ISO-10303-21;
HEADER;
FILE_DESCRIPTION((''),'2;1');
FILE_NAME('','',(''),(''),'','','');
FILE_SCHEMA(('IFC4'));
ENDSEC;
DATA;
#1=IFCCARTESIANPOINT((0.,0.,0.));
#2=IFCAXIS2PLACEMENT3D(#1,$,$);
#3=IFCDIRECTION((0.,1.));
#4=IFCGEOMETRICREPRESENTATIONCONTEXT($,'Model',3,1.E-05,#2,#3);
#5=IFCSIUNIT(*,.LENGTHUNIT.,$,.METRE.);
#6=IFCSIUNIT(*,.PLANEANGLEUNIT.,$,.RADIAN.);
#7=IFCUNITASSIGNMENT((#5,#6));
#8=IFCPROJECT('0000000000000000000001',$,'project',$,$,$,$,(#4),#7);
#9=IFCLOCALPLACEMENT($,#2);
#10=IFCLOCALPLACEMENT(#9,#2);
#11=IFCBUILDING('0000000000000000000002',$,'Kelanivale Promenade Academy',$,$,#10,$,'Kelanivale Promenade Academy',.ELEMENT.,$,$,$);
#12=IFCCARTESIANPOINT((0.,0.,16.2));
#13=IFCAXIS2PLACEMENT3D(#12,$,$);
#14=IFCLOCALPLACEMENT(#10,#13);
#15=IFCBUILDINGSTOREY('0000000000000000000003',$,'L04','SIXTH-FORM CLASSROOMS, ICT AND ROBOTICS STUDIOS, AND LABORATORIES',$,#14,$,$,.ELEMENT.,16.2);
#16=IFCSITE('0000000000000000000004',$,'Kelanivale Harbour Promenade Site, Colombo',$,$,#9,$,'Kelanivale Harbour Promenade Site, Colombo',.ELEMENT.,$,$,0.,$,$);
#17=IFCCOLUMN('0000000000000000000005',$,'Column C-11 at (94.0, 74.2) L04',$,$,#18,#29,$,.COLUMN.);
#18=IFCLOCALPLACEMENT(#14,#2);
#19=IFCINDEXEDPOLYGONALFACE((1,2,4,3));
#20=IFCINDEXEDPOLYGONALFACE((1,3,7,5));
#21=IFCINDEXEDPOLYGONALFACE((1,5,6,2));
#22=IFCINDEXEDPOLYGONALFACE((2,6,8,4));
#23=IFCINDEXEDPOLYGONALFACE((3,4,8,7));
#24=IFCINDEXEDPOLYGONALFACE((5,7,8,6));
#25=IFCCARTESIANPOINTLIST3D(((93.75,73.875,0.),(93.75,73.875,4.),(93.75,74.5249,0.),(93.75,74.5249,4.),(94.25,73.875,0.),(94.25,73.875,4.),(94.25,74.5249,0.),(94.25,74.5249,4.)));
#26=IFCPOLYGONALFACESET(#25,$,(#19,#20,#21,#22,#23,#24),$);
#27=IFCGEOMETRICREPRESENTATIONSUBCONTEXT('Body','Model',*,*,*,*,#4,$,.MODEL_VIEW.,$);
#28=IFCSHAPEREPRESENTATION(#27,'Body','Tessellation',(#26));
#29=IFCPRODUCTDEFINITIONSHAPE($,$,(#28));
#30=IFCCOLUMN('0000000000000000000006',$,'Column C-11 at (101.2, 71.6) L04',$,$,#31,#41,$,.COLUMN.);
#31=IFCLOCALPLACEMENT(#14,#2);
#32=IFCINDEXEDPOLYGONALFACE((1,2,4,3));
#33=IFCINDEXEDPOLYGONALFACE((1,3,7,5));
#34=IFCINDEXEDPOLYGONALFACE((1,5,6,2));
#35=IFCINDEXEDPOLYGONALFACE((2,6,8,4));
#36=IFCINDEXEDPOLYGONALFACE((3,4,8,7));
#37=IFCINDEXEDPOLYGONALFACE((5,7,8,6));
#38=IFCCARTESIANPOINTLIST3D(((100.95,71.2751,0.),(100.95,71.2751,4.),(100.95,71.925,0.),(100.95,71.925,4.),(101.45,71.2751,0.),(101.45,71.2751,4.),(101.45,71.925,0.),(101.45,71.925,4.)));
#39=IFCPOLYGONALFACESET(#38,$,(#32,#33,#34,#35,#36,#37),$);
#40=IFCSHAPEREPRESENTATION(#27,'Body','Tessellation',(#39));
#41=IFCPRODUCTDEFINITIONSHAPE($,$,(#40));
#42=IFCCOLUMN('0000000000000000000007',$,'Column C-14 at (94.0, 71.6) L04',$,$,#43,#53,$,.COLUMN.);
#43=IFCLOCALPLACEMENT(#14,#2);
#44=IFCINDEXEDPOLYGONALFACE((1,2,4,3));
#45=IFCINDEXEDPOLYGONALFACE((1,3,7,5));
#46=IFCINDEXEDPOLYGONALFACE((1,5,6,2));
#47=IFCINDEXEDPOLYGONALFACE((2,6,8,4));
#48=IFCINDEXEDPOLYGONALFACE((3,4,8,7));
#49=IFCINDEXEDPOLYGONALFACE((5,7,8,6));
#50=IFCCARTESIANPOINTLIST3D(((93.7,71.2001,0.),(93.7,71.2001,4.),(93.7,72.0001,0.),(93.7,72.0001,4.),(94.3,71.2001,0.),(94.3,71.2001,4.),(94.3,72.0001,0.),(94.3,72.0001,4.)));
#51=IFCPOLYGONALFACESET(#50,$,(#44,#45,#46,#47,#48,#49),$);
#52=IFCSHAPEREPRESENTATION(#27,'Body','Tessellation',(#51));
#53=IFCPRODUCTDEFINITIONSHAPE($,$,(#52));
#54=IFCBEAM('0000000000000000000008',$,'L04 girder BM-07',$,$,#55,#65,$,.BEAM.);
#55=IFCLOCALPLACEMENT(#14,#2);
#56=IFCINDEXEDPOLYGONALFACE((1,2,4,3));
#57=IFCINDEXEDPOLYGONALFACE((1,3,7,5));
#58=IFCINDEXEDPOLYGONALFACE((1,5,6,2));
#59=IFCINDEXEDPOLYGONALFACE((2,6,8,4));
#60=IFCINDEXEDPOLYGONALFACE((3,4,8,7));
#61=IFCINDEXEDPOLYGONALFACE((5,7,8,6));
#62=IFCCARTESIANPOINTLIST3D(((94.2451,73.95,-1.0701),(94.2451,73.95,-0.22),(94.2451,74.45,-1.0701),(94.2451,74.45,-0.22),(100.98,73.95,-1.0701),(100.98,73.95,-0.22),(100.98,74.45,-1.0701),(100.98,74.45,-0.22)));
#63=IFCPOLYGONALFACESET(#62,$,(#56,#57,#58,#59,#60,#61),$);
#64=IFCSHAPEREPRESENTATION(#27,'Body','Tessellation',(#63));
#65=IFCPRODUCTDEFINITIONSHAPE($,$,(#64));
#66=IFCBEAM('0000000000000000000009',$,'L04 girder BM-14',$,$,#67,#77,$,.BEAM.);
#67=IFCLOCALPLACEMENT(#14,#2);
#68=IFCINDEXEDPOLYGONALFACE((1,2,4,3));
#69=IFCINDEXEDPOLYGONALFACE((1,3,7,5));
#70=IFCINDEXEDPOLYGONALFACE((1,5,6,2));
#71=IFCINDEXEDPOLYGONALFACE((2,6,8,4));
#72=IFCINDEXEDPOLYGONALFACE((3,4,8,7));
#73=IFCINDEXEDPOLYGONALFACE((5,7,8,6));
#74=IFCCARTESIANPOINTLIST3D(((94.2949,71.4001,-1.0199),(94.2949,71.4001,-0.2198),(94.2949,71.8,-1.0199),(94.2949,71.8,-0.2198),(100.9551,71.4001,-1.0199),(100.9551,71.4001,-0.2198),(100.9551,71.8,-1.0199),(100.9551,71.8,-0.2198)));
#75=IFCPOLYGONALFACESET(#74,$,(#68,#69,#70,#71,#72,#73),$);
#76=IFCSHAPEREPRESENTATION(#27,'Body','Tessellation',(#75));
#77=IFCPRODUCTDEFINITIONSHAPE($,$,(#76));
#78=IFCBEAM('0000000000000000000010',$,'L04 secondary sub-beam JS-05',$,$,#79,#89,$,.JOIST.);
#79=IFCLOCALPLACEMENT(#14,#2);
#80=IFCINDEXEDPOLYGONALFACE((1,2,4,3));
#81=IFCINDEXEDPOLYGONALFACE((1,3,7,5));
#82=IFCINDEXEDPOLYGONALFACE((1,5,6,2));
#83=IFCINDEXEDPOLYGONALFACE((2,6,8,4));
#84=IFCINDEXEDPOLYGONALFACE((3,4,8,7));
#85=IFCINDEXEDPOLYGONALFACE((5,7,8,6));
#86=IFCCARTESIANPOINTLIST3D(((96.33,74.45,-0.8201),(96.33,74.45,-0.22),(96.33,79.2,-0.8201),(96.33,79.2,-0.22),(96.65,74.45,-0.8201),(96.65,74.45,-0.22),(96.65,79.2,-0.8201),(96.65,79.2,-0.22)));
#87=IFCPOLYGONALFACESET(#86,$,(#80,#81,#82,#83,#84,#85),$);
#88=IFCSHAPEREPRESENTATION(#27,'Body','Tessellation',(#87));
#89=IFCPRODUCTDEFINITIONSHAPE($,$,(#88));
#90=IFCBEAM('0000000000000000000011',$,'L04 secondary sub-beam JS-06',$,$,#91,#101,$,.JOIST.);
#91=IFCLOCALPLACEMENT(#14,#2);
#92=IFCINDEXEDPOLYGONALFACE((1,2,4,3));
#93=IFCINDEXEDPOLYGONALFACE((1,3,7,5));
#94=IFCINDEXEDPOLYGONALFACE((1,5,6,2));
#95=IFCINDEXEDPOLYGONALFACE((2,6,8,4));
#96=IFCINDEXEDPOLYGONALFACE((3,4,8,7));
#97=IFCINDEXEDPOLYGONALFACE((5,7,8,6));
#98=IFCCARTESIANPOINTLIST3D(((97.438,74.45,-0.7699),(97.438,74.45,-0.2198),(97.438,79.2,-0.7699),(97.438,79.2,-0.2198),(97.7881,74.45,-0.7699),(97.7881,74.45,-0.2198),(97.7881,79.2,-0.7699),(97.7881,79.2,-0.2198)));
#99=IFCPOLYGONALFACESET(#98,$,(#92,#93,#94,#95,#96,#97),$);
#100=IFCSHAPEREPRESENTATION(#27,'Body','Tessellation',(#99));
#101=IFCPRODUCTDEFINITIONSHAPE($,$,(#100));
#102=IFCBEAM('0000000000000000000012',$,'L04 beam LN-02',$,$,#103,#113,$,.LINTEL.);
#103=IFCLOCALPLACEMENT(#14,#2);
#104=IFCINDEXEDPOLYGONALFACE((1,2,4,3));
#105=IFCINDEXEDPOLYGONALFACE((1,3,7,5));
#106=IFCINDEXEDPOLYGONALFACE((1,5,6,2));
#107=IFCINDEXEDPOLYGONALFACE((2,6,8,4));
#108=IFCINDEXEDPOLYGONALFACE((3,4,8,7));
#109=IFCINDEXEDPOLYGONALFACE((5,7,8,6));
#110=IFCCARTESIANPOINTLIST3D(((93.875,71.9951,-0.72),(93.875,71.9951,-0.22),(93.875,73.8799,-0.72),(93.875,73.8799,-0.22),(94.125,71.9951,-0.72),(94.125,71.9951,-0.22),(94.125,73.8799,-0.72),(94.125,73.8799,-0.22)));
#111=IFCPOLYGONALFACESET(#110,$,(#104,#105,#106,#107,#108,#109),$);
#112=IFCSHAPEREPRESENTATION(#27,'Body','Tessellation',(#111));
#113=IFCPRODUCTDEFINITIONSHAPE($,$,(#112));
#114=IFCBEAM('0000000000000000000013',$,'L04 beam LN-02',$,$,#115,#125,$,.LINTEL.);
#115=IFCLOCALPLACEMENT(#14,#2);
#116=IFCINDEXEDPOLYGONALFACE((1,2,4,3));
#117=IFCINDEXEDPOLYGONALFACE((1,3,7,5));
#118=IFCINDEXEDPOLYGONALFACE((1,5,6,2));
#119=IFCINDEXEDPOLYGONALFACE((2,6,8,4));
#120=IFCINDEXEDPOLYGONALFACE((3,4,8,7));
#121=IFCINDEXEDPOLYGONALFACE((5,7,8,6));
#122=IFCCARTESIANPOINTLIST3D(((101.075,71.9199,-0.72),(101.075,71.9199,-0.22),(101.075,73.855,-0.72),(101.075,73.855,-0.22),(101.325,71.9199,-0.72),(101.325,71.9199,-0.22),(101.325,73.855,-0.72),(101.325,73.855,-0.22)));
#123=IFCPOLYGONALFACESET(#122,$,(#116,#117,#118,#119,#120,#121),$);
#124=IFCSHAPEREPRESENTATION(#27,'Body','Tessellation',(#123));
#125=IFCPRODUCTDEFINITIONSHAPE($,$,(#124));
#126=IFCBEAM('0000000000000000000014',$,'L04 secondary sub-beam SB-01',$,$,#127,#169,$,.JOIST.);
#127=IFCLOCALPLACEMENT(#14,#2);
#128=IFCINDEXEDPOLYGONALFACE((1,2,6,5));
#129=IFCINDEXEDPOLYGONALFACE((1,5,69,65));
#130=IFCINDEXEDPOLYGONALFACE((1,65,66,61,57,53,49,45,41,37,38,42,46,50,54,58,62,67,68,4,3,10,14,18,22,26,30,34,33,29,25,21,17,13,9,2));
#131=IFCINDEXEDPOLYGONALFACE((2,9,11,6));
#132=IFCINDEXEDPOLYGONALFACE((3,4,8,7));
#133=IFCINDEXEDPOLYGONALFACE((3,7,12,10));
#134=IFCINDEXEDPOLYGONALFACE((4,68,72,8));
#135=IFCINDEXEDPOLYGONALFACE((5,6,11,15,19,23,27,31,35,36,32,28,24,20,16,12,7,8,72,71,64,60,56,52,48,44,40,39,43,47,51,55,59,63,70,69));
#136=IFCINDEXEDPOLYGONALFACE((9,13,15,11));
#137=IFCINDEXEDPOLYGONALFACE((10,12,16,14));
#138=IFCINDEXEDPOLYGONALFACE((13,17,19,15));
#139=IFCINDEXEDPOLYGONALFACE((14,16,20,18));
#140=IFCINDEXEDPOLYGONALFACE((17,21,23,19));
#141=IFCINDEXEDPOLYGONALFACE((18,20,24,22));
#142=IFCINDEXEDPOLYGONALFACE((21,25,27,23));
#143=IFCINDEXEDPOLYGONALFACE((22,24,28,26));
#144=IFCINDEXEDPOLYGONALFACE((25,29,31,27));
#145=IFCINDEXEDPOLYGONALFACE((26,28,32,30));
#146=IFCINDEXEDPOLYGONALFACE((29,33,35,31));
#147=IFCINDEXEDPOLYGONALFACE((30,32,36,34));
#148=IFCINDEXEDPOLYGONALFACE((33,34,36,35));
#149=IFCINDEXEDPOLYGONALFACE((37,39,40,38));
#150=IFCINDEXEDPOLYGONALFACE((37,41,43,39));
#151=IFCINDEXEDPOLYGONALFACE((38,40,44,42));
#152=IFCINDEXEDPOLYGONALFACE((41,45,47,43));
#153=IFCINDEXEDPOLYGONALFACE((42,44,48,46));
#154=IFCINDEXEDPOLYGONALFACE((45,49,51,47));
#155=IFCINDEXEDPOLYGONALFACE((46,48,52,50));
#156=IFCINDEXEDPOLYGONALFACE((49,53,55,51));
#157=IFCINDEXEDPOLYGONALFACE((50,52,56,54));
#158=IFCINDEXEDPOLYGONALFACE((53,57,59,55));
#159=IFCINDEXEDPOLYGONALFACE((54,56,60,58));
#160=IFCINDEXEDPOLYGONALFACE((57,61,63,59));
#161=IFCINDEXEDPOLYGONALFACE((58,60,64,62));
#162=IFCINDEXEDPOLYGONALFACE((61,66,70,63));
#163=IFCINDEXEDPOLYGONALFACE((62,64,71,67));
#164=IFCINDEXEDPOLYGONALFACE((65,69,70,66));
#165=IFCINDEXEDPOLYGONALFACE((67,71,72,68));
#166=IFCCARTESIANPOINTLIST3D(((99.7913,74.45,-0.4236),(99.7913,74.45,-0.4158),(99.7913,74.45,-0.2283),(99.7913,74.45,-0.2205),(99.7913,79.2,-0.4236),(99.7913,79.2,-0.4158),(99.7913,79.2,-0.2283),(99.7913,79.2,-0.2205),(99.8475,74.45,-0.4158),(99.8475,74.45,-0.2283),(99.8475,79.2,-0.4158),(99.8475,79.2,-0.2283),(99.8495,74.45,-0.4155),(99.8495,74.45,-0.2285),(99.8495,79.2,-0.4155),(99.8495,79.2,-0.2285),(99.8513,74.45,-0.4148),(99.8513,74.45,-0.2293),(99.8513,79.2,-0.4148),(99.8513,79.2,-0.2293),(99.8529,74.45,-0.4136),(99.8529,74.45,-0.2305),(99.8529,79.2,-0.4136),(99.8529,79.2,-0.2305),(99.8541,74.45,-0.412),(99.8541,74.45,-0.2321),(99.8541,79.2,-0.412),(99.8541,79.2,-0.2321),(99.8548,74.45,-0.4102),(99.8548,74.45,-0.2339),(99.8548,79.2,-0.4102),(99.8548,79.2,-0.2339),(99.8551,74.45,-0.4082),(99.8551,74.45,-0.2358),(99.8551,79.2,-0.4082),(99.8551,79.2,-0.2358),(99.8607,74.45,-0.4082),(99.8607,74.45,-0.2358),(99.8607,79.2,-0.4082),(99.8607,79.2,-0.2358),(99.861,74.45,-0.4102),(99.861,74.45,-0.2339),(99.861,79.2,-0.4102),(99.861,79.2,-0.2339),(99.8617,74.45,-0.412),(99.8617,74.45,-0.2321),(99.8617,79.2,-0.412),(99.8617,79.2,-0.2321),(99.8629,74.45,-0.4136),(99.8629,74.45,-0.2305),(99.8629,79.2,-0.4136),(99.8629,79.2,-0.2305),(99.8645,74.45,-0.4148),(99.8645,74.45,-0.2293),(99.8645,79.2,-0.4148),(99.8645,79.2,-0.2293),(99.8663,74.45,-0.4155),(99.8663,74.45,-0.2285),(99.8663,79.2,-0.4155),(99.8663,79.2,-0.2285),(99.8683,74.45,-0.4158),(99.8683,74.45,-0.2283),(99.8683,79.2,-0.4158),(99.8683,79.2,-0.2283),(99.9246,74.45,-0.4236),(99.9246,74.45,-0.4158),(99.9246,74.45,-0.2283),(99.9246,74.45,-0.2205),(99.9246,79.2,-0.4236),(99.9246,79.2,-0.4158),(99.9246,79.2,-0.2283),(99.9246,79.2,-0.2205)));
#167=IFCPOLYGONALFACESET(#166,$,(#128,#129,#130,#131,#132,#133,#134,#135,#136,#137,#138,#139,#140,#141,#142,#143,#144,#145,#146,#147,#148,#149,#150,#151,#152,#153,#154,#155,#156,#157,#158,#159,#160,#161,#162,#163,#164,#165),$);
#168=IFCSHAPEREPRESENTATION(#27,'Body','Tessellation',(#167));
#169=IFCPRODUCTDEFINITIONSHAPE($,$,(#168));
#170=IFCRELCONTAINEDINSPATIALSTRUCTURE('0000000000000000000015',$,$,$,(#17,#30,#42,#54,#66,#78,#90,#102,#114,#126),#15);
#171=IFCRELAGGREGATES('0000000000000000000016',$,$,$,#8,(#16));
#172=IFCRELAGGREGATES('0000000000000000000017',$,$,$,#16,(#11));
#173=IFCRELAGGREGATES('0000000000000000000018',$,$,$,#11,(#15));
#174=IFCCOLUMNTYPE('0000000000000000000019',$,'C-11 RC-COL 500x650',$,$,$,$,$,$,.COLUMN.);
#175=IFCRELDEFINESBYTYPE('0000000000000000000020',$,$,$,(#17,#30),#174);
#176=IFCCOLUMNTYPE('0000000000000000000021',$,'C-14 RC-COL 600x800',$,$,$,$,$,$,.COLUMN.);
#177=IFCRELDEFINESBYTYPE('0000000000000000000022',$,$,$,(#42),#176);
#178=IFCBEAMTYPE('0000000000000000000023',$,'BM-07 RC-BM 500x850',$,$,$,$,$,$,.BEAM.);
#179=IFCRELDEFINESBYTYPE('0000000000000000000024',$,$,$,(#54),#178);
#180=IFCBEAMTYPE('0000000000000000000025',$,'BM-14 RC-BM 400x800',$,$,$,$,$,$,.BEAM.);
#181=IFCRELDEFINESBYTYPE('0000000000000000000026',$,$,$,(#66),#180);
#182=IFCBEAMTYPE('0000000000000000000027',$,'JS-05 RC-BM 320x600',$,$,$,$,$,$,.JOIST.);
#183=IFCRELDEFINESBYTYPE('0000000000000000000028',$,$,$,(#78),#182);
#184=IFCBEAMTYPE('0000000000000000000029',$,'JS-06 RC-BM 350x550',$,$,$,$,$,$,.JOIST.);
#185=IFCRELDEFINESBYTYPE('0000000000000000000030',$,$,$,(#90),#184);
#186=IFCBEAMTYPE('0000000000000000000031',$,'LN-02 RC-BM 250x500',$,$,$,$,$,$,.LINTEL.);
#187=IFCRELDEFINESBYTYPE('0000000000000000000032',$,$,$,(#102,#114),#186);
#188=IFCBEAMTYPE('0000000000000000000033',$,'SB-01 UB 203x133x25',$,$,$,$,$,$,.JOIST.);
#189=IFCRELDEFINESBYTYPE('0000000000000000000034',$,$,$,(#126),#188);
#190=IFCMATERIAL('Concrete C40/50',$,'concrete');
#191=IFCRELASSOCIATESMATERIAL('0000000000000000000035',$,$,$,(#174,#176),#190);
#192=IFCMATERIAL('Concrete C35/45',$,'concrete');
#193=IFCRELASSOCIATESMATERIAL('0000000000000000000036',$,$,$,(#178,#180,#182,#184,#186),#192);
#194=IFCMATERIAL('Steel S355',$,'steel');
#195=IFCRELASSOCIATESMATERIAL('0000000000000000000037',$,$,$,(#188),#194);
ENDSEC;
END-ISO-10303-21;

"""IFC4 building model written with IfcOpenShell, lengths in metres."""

from ifc_helpers import new_model, si_unit, direction, frame, origin, origin_2d, place, context, subcontext, project, spatial, rectangle, i_section, extrude, material, material_profile, profile_set, type_object, element, save


model = new_model("IFC4")

# Units and contexts
model_context = context("Model", 3, precision=1e-05, world=origin(), true_north=direction((0.0, 1.0)))
body_context = subcontext(model_context, "Body", "Model", "MODEL_VIEW")
ifc_project = project(units=[si_unit("LENGTHUNIT", "METRE"), si_unit("PLANEANGLEUNIT", "RADIAN")], contexts=[model_context])

# Site, building, storey
site_placement = place(None, origin())
site = spatial("IfcSite", under=ifc_project, at=site_placement, Name="Kelanivale Harbour Promenade Site, Colombo", LongName="Kelanivale Harbour Promenade Site, Colombo", CompositionType="ELEMENT", RefElevation=0.0)
building_placement = place(site_placement, origin())
building = spatial("IfcBuilding", under=site, at=building_placement, Name="Kelanivale Promenade Academy", LongName="Kelanivale Promenade Academy", CompositionType="ELEMENT")
storey_placement = place(building_placement, frame((0.0, 0.0, 16.2)))
storey = spatial("IfcBuildingStorey", under=building, at=storey_placement, Name="L04", Description="SIXTH-FORM CLASSROOMS, ICT AND ROBOTICS STUDIOS, AND LABORATORIES", CompositionType="ELEMENT", Elevation=16.2)

# Columns
ifc_material_1 = material(Name="Concrete C40/50", Category="concrete")
ifc_material_profile_1 = material_profile(ifc_material_1, rectangle(XDim=0.5, YDim=0.6499, at=origin_2d()), Name="RC-COL 500x650")
ifc_profile_set_1 = profile_set([ifc_material_profile_1], Name="Concrete C40/50")
column_type_1 = type_object("IfcColumnType", Name="C-11 RC-COL 500x650", PredefinedType="COLUMN", material=ifc_profile_set_1)
for number, where, z_axis, x_axis, name in (
    (1, (94.0, 74.2, 0.0), (0.0, 0.0, 1.0), (1.0, 0.0, 0.0), "Column C-11 at (94.0, 74.2) L04"),
    (2, (101.2, 71.6001, 0.0), (0.0, 0.0, 1.0), (1.0, 0.0, 0.0), "Column C-11 at (101.2, 71.6) L04"),
):
    element("IfcColumn", number, at=place(storey_placement, frame(where, z_axis=z_axis, x_axis=x_axis)), inside=storey, type_object=column_type_1, Name=name, PredefinedType="COLUMN", context=body_context, shape_type="SweptSolid", body=[
        extrude(rectangle(XDim=0.5, YDim=0.6499, at=origin_2d()), origin(), (0.0, 0.0, 1.0), 4.0),
    ])
ifc_material_profile_2 = material_profile(ifc_material_1, rectangle(XDim=0.6001, YDim=0.8, at=origin_2d()), Name="RC-COL 600x800")
ifc_profile_set_2 = profile_set([ifc_material_profile_2], Name="Concrete C40/50")
column_type_2 = type_object("IfcColumnType", Name="C-14 RC-COL 600x800", PredefinedType="COLUMN", material=ifc_profile_set_2)
column_placement = place(storey_placement, frame((94.0, 71.6001, 0.0), z_axis=(0.0, 0.0, 1.0), x_axis=(1.0, 0.0, 0.0)))
element("IfcColumn", 3, at=column_placement, inside=storey, type_object=column_type_2, Name="Column C-14 at (94.0, 71.6) L04", PredefinedType="COLUMN", context=body_context, shape_type="SweptSolid", body=[
    extrude(rectangle(XDim=0.6001, YDim=0.8, at=origin_2d()), origin(), (0.0, 0.0, 1.0), 4.0),
])

# Beams
ifc_material_2 = material(Name="Concrete C35/45", Category="concrete")
ifc_material_profile_3 = material_profile(ifc_material_2, rectangle(XDim=0.5, YDim=0.8501, at=origin_2d()), Name="RC-BM 500x850")
ifc_profile_set_3 = profile_set([ifc_material_profile_3], Name="Concrete C35/45")
beam_type_1 = type_object("IfcBeamType", Name="BM-07 RC-BM 500x850", PredefinedType="BEAM", material=ifc_profile_set_3)
beam_1_placement = place(storey_placement, frame((94.2451, 74.2, -0.645), z_axis=(1.0, 0.0, 0.0), x_axis=(0.0, 1.0, 0.0)))
element("IfcBeam", 4, at=beam_1_placement, inside=storey, type_object=beam_type_1, Name="L04 girder BM-07", PredefinedType="BEAM", context=body_context, shape_type="SweptSolid", body=[
    extrude(rectangle(XDim=0.5, YDim=0.8501, at=origin_2d()), origin(), (0.0, 0.0, 1.0), 6.7349),
])
ifc_material_profile_4 = material_profile(ifc_material_2, rectangle(XDim=0.3999, YDim=0.8, at=origin_2d()), Name="RC-BM 400x800")
ifc_profile_set_4 = profile_set([ifc_material_profile_4], Name="Concrete C35/45")
beam_type_2 = type_object("IfcBeamType", Name="BM-14 RC-BM 400x800", PredefinedType="BEAM", material=ifc_profile_set_4)
beam_2_placement = place(storey_placement, frame((94.2949, 71.6001, -0.6199), z_axis=(1.0, 0.0, 0.0), x_axis=(0.0, 1.0, 0.0)))
element("IfcBeam", 5, at=beam_2_placement, inside=storey, type_object=beam_type_2, Name="L04 girder BM-14", PredefinedType="BEAM", context=body_context, shape_type="SweptSolid", body=[
    extrude(rectangle(XDim=0.3999, YDim=0.8, at=origin_2d()), origin(), (0.0, 0.0, 1.0), 6.6602),
])
ifc_material_profile_5 = material_profile(ifc_material_2, rectangle(XDim=0.3201, YDim=0.6001, at=origin_2d()), Name="RC-BM 320x600")
ifc_profile_set_5 = profile_set([ifc_material_profile_5], Name="Concrete C35/45")
beam_type_3 = type_object("IfcBeamType", Name="JS-05 RC-BM 320x600", PredefinedType="JOIST", material=ifc_profile_set_5)
beam_3_placement = place(storey_placement, frame((96.49, 74.45, -0.52), z_axis=(0.0, 1.0, 0.0), x_axis=(-1.0, 0.0, 0.0)))
element("IfcBeam", 6, at=beam_3_placement, inside=storey, type_object=beam_type_3, Name="L04 secondary sub-beam JS-05", PredefinedType="JOIST", context=body_context, shape_type="SweptSolid", body=[
    extrude(rectangle(XDim=0.3201, YDim=0.6001, at=origin_2d()), origin(), (0.0, 0.0, 1.0), 4.75),
])
ifc_material_profile_6 = material_profile(ifc_material_2, rectangle(XDim=0.3501, YDim=0.55, at=origin_2d()), Name="RC-BM 350x550")
ifc_profile_set_6 = profile_set([ifc_material_profile_6], Name="Concrete C35/45")
beam_type_4 = type_object("IfcBeamType", Name="JS-06 RC-BM 350x550", PredefinedType="JOIST", material=ifc_profile_set_6)
beam_4_placement = place(storey_placement, frame((97.613, 74.45, -0.4949), z_axis=(0.0, 1.0, 0.0), x_axis=(-1.0, 0.0, 0.0)))
element("IfcBeam", 7, at=beam_4_placement, inside=storey, type_object=beam_type_4, Name="L04 secondary sub-beam JS-06", PredefinedType="JOIST", context=body_context, shape_type="SweptSolid", body=[
    extrude(rectangle(XDim=0.3501, YDim=0.55, at=origin_2d()), origin(), (0.0, 0.0, 1.0), 4.75),
])
ifc_material_profile_7 = material_profile(ifc_material_2, rectangle(XDim=0.25, YDim=0.5, at=origin_2d()), Name="RC-BM 250x500")
ifc_profile_set_7 = profile_set([ifc_material_profile_7], Name="Concrete C35/45")
beam_type_5 = type_object("IfcBeamType", Name="LN-02 RC-BM 250x500", PredefinedType="LINTEL", material=ifc_profile_set_7)
beam_5_placement = place(storey_placement, frame((94.0, 71.9951, -0.47), z_axis=(0.0, 1.0, 0.0), x_axis=(-1.0, 0.0, 0.0)))
element("IfcBeam", 8, at=beam_5_placement, inside=storey, type_object=beam_type_5, Name="L04 beam LN-02", PredefinedType="LINTEL", context=body_context, shape_type="SweptSolid", body=[
    extrude(rectangle(XDim=0.25, YDim=0.5, at=origin_2d()), origin(), (0.0, 0.0, 1.0), 1.8848),
])
beam_6_placement = place(storey_placement, frame((101.2, 71.9199, -0.47), z_axis=(0.0, 1.0, 0.0), x_axis=(-1.0, 0.0, 0.0)))
element("IfcBeam", 9, at=beam_6_placement, inside=storey, type_object=beam_type_5, Name="L04 beam LN-02", PredefinedType="LINTEL", context=body_context, shape_type="SweptSolid", body=[
    extrude(rectangle(XDim=0.25, YDim=0.5, at=origin_2d()), origin(), (0.0, 0.0, 1.0), 1.9351),
])
ifc_material_3 = material(Name="Steel S355", Category="steel")
ifc_material_profile_8 = material_profile(ifc_material_3, i_section(OverallWidth=0.1333, OverallDepth=0.2031, WebThickness=0.0056, FlangeThickness=0.0078, FilletRadius=0.0076, at=origin_2d()), Name="UB 203x133x25")
ifc_profile_set_8 = profile_set([ifc_material_profile_8], Name="Steel S355")
beam_type_6 = type_object("IfcBeamType", Name="SB-01 UB 203x133x25", PredefinedType="JOIST", material=ifc_profile_set_8)
beam_7_placement = place(storey_placement, frame((99.8579, 74.45, -0.322), z_axis=(0.0, 1.0, 0.0), x_axis=(-1.0, 0.0, 0.0)))
element("IfcBeam", 10, at=beam_7_placement, inside=storey, type_object=beam_type_6, Name="L04 secondary sub-beam SB-01", PredefinedType="JOIST", context=body_context, shape_type="SweptSolid", body=[
    extrude(i_section(OverallWidth=0.1333, OverallDepth=0.2031, WebThickness=0.0056, FlangeThickness=0.0078, FilletRadius=0.0076, at=origin_2d()), origin(), (0.0, 0.0, 1.0), 4.75),
])

save(model, "model.ifc")
